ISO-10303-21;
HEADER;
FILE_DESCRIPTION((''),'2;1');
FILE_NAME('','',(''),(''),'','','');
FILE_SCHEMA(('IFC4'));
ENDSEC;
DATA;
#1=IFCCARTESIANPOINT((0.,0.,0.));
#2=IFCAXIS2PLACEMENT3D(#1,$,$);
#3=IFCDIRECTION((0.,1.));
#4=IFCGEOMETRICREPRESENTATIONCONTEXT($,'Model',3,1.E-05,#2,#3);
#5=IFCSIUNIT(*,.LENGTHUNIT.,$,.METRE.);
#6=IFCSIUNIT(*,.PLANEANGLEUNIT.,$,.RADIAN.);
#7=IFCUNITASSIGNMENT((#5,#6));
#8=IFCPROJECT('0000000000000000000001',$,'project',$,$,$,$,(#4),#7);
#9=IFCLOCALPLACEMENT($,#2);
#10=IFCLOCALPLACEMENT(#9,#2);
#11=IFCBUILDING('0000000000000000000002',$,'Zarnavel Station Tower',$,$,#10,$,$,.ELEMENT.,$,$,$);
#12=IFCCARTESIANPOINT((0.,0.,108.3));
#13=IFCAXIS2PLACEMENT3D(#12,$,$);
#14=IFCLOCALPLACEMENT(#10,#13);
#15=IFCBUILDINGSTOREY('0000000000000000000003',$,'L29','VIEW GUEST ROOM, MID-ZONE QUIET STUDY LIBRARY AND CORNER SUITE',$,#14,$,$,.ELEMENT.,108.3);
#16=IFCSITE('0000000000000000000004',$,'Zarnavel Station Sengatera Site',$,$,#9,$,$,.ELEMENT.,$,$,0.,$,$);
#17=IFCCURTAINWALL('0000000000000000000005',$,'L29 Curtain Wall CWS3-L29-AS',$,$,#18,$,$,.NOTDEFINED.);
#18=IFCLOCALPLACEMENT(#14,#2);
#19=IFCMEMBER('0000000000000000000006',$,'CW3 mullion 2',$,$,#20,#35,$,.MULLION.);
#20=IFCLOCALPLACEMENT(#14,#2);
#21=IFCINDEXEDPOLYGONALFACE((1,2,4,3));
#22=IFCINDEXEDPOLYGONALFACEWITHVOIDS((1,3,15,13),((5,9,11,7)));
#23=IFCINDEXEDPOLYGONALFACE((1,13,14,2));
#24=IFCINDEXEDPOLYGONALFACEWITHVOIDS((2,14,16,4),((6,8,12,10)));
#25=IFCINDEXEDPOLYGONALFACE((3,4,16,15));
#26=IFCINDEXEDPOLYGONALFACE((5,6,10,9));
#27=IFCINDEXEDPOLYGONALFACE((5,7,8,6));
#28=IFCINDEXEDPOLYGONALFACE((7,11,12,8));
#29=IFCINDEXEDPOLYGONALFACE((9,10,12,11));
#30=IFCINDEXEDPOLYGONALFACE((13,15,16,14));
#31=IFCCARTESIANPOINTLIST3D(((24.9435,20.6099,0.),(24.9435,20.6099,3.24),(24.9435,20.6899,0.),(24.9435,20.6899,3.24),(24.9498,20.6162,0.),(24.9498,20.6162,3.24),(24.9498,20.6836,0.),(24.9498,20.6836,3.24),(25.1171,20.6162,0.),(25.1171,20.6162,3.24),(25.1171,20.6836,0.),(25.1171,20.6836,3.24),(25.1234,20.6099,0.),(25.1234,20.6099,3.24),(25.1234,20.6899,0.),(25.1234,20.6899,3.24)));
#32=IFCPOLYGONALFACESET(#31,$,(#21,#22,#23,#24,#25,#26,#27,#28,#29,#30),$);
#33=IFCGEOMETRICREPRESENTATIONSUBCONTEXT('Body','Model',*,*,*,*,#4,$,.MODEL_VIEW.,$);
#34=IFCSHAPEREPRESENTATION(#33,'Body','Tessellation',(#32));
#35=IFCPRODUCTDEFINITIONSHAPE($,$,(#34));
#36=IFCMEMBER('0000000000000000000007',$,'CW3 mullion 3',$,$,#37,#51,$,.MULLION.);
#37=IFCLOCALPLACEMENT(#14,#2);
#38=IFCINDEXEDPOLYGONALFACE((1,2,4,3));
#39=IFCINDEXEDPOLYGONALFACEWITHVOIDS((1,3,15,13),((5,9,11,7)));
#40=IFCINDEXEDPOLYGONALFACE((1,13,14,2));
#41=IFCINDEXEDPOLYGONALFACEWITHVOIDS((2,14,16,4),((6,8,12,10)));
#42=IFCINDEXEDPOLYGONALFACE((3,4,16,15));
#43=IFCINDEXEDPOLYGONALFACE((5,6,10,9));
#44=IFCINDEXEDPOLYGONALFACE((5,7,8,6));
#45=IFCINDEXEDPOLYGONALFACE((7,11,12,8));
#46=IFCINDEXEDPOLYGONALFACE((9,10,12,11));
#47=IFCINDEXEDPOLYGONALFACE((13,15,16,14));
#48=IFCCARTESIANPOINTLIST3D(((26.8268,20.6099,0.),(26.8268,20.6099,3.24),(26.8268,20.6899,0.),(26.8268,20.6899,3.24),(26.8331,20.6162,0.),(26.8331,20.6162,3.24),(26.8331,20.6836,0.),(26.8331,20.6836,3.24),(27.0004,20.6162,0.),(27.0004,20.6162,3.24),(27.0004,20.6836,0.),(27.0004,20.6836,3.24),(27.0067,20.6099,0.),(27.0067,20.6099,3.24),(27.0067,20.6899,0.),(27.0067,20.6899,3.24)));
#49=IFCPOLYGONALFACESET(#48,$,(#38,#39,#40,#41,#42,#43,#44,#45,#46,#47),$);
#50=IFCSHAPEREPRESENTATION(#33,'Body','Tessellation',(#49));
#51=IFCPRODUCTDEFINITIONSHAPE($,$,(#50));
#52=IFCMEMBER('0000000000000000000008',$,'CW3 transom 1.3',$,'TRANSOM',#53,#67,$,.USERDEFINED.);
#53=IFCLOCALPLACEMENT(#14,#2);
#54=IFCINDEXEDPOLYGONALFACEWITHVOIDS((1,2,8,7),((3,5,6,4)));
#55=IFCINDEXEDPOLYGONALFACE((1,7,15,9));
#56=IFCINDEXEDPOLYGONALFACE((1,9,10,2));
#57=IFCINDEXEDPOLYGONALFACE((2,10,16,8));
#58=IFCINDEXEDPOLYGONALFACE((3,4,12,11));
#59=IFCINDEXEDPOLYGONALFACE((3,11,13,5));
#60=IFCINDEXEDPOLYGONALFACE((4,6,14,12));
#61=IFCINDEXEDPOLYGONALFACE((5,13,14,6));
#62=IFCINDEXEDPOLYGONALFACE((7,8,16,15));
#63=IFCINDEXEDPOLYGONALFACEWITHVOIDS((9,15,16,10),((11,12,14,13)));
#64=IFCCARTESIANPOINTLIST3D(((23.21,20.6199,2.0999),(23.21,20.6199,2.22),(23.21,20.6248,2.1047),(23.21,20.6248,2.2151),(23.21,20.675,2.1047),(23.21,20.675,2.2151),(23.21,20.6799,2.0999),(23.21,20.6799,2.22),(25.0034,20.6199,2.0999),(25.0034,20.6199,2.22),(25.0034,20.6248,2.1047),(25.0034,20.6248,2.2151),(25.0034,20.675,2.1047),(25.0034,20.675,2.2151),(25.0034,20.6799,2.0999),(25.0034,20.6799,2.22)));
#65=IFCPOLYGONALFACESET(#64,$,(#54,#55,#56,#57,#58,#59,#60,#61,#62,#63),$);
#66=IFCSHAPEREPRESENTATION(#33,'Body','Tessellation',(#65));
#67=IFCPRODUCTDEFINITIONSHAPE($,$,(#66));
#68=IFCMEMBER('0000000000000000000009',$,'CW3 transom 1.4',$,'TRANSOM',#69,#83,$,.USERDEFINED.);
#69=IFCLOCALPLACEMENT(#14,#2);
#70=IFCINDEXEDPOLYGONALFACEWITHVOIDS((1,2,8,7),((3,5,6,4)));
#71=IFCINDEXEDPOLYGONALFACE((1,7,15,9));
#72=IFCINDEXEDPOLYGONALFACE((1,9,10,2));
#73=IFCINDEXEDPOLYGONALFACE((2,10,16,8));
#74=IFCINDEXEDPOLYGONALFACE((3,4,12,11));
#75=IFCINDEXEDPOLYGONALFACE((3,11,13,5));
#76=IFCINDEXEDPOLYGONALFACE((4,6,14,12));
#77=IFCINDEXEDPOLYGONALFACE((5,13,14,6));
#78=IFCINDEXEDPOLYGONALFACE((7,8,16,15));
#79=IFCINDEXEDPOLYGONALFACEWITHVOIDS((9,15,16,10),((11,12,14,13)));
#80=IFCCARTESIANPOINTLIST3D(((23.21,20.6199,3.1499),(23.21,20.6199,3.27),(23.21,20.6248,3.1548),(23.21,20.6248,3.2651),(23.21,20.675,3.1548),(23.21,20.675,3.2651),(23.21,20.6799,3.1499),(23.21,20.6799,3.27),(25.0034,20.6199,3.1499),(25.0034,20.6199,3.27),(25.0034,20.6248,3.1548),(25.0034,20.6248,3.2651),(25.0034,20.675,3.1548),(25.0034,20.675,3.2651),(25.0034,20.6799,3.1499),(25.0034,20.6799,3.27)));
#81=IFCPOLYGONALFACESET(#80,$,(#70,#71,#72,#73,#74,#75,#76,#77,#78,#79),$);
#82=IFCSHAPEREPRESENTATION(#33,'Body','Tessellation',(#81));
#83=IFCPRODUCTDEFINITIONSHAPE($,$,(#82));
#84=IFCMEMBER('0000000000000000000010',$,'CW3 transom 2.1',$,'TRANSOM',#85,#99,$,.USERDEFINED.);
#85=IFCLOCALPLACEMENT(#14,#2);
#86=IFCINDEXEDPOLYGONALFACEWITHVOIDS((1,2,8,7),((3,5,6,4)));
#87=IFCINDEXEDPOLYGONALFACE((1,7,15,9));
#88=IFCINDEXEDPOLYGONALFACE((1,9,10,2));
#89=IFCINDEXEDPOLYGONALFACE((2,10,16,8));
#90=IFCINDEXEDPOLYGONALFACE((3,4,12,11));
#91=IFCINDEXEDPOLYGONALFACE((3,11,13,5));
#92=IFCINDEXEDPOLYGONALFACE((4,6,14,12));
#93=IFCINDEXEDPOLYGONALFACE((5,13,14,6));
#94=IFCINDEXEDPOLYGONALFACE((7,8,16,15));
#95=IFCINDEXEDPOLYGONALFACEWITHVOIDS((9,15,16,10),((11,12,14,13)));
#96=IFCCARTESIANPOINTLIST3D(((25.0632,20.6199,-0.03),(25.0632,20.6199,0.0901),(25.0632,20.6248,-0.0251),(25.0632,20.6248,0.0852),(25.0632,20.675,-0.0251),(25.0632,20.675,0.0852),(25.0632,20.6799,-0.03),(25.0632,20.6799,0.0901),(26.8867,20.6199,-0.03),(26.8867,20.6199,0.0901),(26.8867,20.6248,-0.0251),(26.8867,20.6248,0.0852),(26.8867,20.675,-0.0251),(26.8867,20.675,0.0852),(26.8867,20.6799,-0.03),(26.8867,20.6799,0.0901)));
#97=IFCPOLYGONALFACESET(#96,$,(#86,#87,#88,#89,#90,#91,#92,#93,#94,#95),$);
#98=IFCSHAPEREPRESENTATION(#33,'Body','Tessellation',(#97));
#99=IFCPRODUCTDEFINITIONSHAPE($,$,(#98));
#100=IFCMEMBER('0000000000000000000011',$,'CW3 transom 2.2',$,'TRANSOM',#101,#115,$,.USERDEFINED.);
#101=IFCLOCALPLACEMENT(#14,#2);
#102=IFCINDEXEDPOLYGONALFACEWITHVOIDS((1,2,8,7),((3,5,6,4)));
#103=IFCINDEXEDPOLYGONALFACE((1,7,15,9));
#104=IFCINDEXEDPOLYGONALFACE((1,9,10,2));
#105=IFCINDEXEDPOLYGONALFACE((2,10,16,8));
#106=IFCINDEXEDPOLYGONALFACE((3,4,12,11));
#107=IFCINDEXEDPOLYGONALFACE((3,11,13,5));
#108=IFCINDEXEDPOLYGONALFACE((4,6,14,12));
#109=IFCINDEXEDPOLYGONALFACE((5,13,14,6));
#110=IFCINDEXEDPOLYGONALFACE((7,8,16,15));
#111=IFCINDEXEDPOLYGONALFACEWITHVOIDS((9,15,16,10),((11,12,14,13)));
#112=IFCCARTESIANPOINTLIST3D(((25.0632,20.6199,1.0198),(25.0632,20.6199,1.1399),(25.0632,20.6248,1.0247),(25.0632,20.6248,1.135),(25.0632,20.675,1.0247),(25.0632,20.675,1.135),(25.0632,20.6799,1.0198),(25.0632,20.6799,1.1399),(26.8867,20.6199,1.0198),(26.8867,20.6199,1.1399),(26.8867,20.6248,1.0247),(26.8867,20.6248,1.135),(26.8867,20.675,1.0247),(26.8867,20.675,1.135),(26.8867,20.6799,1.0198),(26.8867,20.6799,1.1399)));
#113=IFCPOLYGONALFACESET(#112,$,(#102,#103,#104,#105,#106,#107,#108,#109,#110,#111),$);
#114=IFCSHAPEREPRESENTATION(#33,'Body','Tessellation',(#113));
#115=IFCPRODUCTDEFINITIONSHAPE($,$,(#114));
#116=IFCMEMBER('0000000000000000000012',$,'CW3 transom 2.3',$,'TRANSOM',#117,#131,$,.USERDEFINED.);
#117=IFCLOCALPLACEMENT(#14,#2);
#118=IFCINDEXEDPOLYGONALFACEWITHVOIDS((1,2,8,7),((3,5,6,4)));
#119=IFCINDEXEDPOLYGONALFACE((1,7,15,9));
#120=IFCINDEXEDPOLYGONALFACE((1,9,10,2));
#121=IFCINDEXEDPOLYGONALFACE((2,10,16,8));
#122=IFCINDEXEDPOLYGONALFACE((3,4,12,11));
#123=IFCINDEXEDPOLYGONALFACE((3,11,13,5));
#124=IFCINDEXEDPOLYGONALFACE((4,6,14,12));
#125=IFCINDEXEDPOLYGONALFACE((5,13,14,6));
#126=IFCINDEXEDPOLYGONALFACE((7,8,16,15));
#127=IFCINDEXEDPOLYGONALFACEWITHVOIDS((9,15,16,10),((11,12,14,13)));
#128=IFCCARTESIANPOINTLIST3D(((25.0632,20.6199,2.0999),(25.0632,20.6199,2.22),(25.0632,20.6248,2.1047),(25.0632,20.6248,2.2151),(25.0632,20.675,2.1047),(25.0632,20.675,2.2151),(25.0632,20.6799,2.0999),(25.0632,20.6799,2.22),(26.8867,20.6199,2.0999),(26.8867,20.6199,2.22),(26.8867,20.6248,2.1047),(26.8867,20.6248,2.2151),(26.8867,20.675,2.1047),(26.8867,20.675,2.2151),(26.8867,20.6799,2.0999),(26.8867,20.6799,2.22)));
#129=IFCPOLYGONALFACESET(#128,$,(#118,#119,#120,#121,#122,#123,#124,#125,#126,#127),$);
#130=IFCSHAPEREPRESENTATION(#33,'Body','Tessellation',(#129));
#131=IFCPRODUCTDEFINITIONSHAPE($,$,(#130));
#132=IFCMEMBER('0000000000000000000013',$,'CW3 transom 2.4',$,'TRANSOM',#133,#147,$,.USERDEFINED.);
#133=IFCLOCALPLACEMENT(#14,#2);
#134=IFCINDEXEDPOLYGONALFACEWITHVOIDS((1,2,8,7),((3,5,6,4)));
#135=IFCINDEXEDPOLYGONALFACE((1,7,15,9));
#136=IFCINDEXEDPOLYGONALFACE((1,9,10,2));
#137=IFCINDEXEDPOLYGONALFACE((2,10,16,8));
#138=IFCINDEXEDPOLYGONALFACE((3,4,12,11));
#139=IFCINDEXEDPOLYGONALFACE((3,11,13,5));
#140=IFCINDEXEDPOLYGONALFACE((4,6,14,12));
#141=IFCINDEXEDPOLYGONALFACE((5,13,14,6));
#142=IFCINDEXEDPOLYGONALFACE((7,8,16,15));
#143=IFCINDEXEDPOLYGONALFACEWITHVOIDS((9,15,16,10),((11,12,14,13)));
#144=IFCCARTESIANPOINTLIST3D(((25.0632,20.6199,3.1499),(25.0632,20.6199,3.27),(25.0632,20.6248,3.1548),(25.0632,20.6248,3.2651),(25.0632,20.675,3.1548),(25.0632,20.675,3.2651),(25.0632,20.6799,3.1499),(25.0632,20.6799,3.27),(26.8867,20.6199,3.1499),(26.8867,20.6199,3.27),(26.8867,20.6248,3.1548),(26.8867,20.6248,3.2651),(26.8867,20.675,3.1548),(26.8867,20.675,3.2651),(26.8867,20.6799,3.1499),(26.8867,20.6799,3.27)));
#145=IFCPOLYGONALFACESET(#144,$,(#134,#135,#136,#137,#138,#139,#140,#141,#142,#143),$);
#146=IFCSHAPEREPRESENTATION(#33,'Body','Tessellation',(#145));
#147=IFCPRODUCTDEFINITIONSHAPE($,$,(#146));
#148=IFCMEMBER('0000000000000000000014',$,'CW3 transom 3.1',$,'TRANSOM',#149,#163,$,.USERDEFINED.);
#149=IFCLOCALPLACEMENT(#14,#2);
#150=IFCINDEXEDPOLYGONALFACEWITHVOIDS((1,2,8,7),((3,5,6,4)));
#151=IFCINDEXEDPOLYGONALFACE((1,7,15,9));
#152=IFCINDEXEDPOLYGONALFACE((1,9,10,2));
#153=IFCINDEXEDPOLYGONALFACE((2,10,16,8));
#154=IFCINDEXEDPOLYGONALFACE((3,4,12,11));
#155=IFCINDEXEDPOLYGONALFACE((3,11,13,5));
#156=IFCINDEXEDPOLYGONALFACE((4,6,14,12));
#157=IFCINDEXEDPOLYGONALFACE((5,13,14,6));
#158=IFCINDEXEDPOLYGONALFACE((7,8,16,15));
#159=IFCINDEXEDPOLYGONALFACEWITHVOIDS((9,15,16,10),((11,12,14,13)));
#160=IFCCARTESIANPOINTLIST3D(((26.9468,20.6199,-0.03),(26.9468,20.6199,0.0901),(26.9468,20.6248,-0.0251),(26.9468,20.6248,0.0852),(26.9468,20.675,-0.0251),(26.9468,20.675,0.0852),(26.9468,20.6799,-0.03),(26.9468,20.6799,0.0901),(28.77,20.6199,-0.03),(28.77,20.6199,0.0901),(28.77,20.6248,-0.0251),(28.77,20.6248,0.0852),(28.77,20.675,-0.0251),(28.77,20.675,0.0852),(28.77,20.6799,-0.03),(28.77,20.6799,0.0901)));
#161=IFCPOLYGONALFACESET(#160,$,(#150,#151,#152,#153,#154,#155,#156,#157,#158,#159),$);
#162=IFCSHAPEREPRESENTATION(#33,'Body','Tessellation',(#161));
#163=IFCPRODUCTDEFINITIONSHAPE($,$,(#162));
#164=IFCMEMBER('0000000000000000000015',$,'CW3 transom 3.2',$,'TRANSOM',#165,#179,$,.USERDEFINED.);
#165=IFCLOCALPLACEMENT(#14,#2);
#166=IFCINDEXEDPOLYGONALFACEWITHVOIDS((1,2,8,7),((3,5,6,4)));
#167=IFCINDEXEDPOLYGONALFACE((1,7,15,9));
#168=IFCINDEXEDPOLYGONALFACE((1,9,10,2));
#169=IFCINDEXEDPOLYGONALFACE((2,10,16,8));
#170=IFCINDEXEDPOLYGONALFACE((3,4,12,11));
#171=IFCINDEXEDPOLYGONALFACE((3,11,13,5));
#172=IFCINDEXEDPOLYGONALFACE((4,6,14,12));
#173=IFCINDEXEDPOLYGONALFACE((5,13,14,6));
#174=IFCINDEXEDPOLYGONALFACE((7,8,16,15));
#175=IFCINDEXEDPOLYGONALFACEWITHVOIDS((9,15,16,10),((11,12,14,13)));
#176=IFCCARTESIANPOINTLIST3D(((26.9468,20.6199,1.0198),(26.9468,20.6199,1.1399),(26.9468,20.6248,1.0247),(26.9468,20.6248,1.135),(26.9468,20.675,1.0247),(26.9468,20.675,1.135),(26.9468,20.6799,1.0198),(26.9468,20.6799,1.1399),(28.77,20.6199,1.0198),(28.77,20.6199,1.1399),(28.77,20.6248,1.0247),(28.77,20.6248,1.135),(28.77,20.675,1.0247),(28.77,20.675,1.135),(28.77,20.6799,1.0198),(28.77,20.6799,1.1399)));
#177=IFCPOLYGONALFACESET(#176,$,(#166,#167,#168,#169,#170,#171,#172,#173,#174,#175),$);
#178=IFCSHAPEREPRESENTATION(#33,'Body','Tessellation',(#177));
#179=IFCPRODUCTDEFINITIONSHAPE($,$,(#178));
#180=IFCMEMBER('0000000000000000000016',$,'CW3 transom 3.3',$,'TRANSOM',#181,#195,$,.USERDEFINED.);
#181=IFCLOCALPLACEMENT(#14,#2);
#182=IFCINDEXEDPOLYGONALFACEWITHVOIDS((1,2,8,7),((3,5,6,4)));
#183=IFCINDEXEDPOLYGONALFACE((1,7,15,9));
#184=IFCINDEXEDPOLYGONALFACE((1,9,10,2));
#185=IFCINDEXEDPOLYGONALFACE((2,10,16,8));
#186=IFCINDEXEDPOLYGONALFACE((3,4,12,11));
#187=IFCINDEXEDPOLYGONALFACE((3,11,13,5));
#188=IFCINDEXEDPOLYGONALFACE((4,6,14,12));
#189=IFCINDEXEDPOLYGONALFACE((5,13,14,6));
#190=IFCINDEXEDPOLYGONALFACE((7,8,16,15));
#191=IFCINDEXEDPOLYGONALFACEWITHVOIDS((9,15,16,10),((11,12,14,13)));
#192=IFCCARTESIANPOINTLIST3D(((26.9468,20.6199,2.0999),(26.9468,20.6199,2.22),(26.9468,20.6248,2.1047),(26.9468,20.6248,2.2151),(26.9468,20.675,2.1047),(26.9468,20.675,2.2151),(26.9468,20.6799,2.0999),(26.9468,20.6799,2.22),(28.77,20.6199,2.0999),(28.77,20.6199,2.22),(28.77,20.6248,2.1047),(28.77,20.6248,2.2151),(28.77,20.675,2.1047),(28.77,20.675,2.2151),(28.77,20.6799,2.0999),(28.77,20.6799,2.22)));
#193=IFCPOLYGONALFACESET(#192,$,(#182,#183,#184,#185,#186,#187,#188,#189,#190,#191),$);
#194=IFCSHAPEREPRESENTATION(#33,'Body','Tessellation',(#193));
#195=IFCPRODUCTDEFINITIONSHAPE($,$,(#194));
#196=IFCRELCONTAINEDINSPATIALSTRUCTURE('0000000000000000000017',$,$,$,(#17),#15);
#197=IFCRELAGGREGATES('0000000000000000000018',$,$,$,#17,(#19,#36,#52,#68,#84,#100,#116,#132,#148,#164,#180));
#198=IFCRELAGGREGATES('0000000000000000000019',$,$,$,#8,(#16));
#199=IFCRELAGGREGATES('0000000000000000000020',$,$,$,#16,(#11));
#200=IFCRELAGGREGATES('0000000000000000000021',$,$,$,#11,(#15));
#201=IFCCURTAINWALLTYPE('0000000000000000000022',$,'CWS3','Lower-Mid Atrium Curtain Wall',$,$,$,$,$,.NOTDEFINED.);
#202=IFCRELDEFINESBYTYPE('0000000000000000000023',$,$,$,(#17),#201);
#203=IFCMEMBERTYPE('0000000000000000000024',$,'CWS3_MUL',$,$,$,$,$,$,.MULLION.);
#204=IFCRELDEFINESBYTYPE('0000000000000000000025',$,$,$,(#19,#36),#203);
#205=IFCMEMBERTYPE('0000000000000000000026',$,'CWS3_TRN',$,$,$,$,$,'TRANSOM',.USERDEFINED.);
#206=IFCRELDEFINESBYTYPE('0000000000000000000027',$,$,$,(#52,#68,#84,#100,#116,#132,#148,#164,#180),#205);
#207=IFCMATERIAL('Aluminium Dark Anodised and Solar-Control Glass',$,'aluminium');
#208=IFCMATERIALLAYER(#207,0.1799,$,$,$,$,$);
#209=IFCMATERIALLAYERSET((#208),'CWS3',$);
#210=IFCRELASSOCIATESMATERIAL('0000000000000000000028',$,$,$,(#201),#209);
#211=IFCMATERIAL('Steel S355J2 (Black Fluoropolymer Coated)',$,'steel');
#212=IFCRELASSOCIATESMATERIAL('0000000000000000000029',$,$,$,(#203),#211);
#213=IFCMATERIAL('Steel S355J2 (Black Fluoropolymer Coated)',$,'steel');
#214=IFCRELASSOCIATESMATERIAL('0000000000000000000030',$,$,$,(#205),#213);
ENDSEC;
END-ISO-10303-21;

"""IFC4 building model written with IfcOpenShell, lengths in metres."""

from ifc_helpers import new_model, si_unit, direction, frame, origin, origin_2d, place, context, subcontext, project, spatial, hollow_rectangle, extrude, material, layer, layer_set, material_profile, profile_set, type_object, element, aggregate, save


model = new_model("IFC4")

# Units and contexts
model_context = context("Model", 3, precision=1e-05, world=origin(), true_north=direction((0.0, 1.0)))
body_context = subcontext(model_context, "Body", "Model", "MODEL_VIEW")
ifc_project = project(units=[si_unit("LENGTHUNIT", "METRE"), si_unit("PLANEANGLEUNIT", "RADIAN")], contexts=[model_context])

# Site, building, storey
site_placement = place(None, origin())
site = spatial("IfcSite", under=ifc_project, at=site_placement, Name="Zarnavel Station Sengatera Site", CompositionType="ELEMENT", RefElevation=0.0)
building_placement = place(site_placement, origin())
building = spatial("IfcBuilding", under=site, at=building_placement, Name="Zarnavel Station Tower", CompositionType="ELEMENT")
storey_placement = place(building_placement, frame((0.0, 0.0, 108.3)))
storey = spatial("IfcBuildingStorey", under=building, at=storey_placement, Name="L29", Description="VIEW GUEST ROOM, MID-ZONE QUIET STUDY LIBRARY AND CORNER SUITE", CompositionType="ELEMENT", Elevation=108.3)

# Curtain wall, members
ifc_material_1 = material(Name="Aluminium Dark Anodised and Solar-Control Glass", Category="aluminium")
ifc_layer_1 = layer(ifc_material_1, 0.1799)
ifc_layer_set_1 = layer_set([ifc_layer_1], Name="CWS3")
curtain_wall_type = type_object("IfcCurtainWallType", Name="CWS3", Description="Lower-Mid Atrium Curtain Wall", PredefinedType="NOTDEFINED", material=ifc_layer_set_1)
curtain_wall_placement = place(storey_placement, origin())
curtain_wall = element("IfcCurtainWall", 1, at=curtain_wall_placement, inside=storey, type_object=curtain_wall_type, Name="L29 Curtain Wall CWS3-L29-AS", PredefinedType="NOTDEFINED")
ifc_material_2 = material(Name="Steel S355J2 (Black Fluoropolymer Coated)", Category="steel")
ifc_material_profile_1 = material_profile(ifc_material_2, hollow_rectangle(XDim=0.0801, YDim=0.1799, WallThickness=0.0063, at=origin_2d()), Name="RHS180x80x6.3")
ifc_profile_set_1 = profile_set([ifc_material_profile_1], Name="Steel S355J2 (Black Fluoropolymer Coated)")
member_type_1 = type_object("IfcMemberType", Name="CWS3_MUL", PredefinedType="MULLION", material=ifc_profile_set_1)
member_1_placement = place(storey_placement, frame((25.0334, 20.6499, 0.0), z_axis=(0.0, 0.0, 1.0), x_axis=(0.0, 1.0, 0.0)))
member_1 = element("IfcMember", 2, at=member_1_placement, type_object=member_type_1, Name="CW3 mullion 2", PredefinedType="MULLION", context=body_context, shape_type="SweptSolid", body=[
    extrude(hollow_rectangle(XDim=0.0801, YDim=0.1799, WallThickness=0.0063, at=origin_2d()), origin(), (0.0, 0.0, 1.0), 3.24),
])
member_2_placement = place(storey_placement, frame((26.9167, 20.6499, 0.0), z_axis=(0.0, 0.0, 1.0), x_axis=(0.0, 1.0, 0.0)))
member_2 = element("IfcMember", 3, at=member_2_placement, type_object=member_type_1, Name="CW3 mullion 3", PredefinedType="MULLION", context=body_context, shape_type="SweptSolid", body=[
    extrude(hollow_rectangle(XDim=0.0801, YDim=0.1799, WallThickness=0.0063, at=origin_2d()), origin(), (0.0, 0.0, 1.0), 3.24),
])
ifc_material_3 = material(Name="Steel S355J2 (Black Fluoropolymer Coated)", Category="steel")
ifc_material_profile_2 = material_profile(ifc_material_3, hollow_rectangle(XDim=0.0601, YDim=0.1201, WallThickness=0.0049, at=origin_2d()), Name="RHS120x60x5")
ifc_profile_set_2 = profile_set([ifc_material_profile_2], Name="Steel S355J2 (Black Fluoropolymer Coated)")
member_type_2 = type_object("IfcMemberType", Name="CWS3_TRN", ElementType="TRANSOM", PredefinedType="USERDEFINED", material=ifc_profile_set_2)
member_3_placement = place(storey_placement, frame((23.21, 20.6499, 2.1599), z_axis=(1.0, 0.0, 0.0), x_axis=(0.0, 1.0, 0.0)))
member_3 = element("IfcMember", 4, at=member_3_placement, type_object=member_type_2, Name="CW3 transom 1.3", ObjectType="TRANSOM", PredefinedType="USERDEFINED", context=body_context, shape_type="SweptSolid", body=[
    extrude(hollow_rectangle(XDim=0.0601, YDim=0.1201, WallThickness=0.0049, at=origin_2d()), origin(), (0.0, 0.0, 1.0), 1.7935),
])
member_4_placement = place(storey_placement, frame((23.21, 20.6499, 3.21), z_axis=(1.0, 0.0, 0.0), x_axis=(0.0, 1.0, 0.0)))
member_4 = element("IfcMember", 5, at=member_4_placement, type_object=member_type_2, Name="CW3 transom 1.4", ObjectType="TRANSOM", PredefinedType="USERDEFINED", context=body_context, shape_type="SweptSolid", body=[
    extrude(hollow_rectangle(XDim=0.0601, YDim=0.1201, WallThickness=0.0049, at=origin_2d()), origin(), (0.0, 0.0, 1.0), 1.7935),
])
member_5_placement = place(storey_placement, frame((25.0632, 20.6499, 0.03), z_axis=(1.0, 0.0, 0.0), x_axis=(0.0, 1.0, 0.0)))
member_5 = element("IfcMember", 6, at=member_5_placement, type_object=member_type_2, Name="CW3 transom 2.1", ObjectType="TRANSOM", PredefinedType="USERDEFINED", context=body_context, shape_type="SweptSolid", body=[
    extrude(hollow_rectangle(XDim=0.0601, YDim=0.1201, WallThickness=0.0049, at=origin_2d()), origin(), (0.0, 0.0, 1.0), 1.8235),
])
member_6_placement = place(storey_placement, frame((25.0632, 20.6499, 1.0798), z_axis=(1.0, 0.0, 0.0), x_axis=(0.0, 1.0, 0.0)))
member_6 = element("IfcMember", 7, at=member_6_placement, type_object=member_type_2, Name="CW3 transom 2.2", ObjectType="TRANSOM", PredefinedType="USERDEFINED", context=body_context, shape_type="SweptSolid", body=[
    extrude(hollow_rectangle(XDim=0.0601, YDim=0.1201, WallThickness=0.0049, at=origin_2d()), origin(), (0.0, 0.0, 1.0), 1.8235),
])
member_7_placement = place(storey_placement, frame((25.0632, 20.6499, 2.1599), z_axis=(1.0, 0.0, 0.0), x_axis=(0.0, 1.0, 0.0)))
member_7 = element("IfcMember", 8, at=member_7_placement, type_object=member_type_2, Name="CW3 transom 2.3", ObjectType="TRANSOM", PredefinedType="USERDEFINED", context=body_context, shape_type="SweptSolid", body=[
    extrude(hollow_rectangle(XDim=0.0601, YDim=0.1201, WallThickness=0.0049, at=origin_2d()), origin(), (0.0, 0.0, 1.0), 1.8235),
])
member_8_placement = place(storey_placement, frame((25.0632, 20.6499, 3.21), z_axis=(1.0, 0.0, 0.0), x_axis=(0.0, 1.0, 0.0)))
member_8 = element("IfcMember", 9, at=member_8_placement, type_object=member_type_2, Name="CW3 transom 2.4", ObjectType="TRANSOM", PredefinedType="USERDEFINED", context=body_context, shape_type="SweptSolid", body=[
    extrude(hollow_rectangle(XDim=0.0601, YDim=0.1201, WallThickness=0.0049, at=origin_2d()), origin(), (0.0, 0.0, 1.0), 1.8235),
])
member_9_placement = place(storey_placement, frame((26.9468, 20.6499, 0.03), z_axis=(1.0, 0.0, 0.0), x_axis=(0.0, 1.0, 0.0)))
member_9 = element("IfcMember", 10, at=member_9_placement, type_object=member_type_2, Name="CW3 transom 3.1", ObjectType="TRANSOM", PredefinedType="USERDEFINED", context=body_context, shape_type="SweptSolid", body=[
    extrude(hollow_rectangle(XDim=0.0601, YDim=0.1201, WallThickness=0.0049, at=origin_2d()), origin(), (0.0, 0.0, 1.0), 1.8232),
])
member_10_placement = place(storey_placement, frame((26.9468, 20.6499, 1.0798), z_axis=(1.0, 0.0, 0.0), x_axis=(0.0, 1.0, 0.0)))
member_10 = element("IfcMember", 11, at=member_10_placement, type_object=member_type_2, Name="CW3 transom 3.2", ObjectType="TRANSOM", PredefinedType="USERDEFINED", context=body_context, shape_type="SweptSolid", body=[
    extrude(hollow_rectangle(XDim=0.0601, YDim=0.1201, WallThickness=0.0049, at=origin_2d()), origin(), (0.0, 0.0, 1.0), 1.8232),
])
member_11_placement = place(storey_placement, frame((26.9468, 20.6499, 2.1599), z_axis=(1.0, 0.0, 0.0), x_axis=(0.0, 1.0, 0.0)))
member_11 = element("IfcMember", 12, at=member_11_placement, type_object=member_type_2, Name="CW3 transom 3.3", ObjectType="TRANSOM", PredefinedType="USERDEFINED", context=body_context, shape_type="SweptSolid", body=[
    extrude(hollow_rectangle(XDim=0.0601, YDim=0.1201, WallThickness=0.0049, at=origin_2d()), origin(), (0.0, 0.0, 1.0), 1.8232),
])
aggregate(curtain_wall, [member_1, member_2, member_3, member_4, member_5, member_6, member_7, member_8, member_9, member_10, member_11])

save(model, "model.ifc")
